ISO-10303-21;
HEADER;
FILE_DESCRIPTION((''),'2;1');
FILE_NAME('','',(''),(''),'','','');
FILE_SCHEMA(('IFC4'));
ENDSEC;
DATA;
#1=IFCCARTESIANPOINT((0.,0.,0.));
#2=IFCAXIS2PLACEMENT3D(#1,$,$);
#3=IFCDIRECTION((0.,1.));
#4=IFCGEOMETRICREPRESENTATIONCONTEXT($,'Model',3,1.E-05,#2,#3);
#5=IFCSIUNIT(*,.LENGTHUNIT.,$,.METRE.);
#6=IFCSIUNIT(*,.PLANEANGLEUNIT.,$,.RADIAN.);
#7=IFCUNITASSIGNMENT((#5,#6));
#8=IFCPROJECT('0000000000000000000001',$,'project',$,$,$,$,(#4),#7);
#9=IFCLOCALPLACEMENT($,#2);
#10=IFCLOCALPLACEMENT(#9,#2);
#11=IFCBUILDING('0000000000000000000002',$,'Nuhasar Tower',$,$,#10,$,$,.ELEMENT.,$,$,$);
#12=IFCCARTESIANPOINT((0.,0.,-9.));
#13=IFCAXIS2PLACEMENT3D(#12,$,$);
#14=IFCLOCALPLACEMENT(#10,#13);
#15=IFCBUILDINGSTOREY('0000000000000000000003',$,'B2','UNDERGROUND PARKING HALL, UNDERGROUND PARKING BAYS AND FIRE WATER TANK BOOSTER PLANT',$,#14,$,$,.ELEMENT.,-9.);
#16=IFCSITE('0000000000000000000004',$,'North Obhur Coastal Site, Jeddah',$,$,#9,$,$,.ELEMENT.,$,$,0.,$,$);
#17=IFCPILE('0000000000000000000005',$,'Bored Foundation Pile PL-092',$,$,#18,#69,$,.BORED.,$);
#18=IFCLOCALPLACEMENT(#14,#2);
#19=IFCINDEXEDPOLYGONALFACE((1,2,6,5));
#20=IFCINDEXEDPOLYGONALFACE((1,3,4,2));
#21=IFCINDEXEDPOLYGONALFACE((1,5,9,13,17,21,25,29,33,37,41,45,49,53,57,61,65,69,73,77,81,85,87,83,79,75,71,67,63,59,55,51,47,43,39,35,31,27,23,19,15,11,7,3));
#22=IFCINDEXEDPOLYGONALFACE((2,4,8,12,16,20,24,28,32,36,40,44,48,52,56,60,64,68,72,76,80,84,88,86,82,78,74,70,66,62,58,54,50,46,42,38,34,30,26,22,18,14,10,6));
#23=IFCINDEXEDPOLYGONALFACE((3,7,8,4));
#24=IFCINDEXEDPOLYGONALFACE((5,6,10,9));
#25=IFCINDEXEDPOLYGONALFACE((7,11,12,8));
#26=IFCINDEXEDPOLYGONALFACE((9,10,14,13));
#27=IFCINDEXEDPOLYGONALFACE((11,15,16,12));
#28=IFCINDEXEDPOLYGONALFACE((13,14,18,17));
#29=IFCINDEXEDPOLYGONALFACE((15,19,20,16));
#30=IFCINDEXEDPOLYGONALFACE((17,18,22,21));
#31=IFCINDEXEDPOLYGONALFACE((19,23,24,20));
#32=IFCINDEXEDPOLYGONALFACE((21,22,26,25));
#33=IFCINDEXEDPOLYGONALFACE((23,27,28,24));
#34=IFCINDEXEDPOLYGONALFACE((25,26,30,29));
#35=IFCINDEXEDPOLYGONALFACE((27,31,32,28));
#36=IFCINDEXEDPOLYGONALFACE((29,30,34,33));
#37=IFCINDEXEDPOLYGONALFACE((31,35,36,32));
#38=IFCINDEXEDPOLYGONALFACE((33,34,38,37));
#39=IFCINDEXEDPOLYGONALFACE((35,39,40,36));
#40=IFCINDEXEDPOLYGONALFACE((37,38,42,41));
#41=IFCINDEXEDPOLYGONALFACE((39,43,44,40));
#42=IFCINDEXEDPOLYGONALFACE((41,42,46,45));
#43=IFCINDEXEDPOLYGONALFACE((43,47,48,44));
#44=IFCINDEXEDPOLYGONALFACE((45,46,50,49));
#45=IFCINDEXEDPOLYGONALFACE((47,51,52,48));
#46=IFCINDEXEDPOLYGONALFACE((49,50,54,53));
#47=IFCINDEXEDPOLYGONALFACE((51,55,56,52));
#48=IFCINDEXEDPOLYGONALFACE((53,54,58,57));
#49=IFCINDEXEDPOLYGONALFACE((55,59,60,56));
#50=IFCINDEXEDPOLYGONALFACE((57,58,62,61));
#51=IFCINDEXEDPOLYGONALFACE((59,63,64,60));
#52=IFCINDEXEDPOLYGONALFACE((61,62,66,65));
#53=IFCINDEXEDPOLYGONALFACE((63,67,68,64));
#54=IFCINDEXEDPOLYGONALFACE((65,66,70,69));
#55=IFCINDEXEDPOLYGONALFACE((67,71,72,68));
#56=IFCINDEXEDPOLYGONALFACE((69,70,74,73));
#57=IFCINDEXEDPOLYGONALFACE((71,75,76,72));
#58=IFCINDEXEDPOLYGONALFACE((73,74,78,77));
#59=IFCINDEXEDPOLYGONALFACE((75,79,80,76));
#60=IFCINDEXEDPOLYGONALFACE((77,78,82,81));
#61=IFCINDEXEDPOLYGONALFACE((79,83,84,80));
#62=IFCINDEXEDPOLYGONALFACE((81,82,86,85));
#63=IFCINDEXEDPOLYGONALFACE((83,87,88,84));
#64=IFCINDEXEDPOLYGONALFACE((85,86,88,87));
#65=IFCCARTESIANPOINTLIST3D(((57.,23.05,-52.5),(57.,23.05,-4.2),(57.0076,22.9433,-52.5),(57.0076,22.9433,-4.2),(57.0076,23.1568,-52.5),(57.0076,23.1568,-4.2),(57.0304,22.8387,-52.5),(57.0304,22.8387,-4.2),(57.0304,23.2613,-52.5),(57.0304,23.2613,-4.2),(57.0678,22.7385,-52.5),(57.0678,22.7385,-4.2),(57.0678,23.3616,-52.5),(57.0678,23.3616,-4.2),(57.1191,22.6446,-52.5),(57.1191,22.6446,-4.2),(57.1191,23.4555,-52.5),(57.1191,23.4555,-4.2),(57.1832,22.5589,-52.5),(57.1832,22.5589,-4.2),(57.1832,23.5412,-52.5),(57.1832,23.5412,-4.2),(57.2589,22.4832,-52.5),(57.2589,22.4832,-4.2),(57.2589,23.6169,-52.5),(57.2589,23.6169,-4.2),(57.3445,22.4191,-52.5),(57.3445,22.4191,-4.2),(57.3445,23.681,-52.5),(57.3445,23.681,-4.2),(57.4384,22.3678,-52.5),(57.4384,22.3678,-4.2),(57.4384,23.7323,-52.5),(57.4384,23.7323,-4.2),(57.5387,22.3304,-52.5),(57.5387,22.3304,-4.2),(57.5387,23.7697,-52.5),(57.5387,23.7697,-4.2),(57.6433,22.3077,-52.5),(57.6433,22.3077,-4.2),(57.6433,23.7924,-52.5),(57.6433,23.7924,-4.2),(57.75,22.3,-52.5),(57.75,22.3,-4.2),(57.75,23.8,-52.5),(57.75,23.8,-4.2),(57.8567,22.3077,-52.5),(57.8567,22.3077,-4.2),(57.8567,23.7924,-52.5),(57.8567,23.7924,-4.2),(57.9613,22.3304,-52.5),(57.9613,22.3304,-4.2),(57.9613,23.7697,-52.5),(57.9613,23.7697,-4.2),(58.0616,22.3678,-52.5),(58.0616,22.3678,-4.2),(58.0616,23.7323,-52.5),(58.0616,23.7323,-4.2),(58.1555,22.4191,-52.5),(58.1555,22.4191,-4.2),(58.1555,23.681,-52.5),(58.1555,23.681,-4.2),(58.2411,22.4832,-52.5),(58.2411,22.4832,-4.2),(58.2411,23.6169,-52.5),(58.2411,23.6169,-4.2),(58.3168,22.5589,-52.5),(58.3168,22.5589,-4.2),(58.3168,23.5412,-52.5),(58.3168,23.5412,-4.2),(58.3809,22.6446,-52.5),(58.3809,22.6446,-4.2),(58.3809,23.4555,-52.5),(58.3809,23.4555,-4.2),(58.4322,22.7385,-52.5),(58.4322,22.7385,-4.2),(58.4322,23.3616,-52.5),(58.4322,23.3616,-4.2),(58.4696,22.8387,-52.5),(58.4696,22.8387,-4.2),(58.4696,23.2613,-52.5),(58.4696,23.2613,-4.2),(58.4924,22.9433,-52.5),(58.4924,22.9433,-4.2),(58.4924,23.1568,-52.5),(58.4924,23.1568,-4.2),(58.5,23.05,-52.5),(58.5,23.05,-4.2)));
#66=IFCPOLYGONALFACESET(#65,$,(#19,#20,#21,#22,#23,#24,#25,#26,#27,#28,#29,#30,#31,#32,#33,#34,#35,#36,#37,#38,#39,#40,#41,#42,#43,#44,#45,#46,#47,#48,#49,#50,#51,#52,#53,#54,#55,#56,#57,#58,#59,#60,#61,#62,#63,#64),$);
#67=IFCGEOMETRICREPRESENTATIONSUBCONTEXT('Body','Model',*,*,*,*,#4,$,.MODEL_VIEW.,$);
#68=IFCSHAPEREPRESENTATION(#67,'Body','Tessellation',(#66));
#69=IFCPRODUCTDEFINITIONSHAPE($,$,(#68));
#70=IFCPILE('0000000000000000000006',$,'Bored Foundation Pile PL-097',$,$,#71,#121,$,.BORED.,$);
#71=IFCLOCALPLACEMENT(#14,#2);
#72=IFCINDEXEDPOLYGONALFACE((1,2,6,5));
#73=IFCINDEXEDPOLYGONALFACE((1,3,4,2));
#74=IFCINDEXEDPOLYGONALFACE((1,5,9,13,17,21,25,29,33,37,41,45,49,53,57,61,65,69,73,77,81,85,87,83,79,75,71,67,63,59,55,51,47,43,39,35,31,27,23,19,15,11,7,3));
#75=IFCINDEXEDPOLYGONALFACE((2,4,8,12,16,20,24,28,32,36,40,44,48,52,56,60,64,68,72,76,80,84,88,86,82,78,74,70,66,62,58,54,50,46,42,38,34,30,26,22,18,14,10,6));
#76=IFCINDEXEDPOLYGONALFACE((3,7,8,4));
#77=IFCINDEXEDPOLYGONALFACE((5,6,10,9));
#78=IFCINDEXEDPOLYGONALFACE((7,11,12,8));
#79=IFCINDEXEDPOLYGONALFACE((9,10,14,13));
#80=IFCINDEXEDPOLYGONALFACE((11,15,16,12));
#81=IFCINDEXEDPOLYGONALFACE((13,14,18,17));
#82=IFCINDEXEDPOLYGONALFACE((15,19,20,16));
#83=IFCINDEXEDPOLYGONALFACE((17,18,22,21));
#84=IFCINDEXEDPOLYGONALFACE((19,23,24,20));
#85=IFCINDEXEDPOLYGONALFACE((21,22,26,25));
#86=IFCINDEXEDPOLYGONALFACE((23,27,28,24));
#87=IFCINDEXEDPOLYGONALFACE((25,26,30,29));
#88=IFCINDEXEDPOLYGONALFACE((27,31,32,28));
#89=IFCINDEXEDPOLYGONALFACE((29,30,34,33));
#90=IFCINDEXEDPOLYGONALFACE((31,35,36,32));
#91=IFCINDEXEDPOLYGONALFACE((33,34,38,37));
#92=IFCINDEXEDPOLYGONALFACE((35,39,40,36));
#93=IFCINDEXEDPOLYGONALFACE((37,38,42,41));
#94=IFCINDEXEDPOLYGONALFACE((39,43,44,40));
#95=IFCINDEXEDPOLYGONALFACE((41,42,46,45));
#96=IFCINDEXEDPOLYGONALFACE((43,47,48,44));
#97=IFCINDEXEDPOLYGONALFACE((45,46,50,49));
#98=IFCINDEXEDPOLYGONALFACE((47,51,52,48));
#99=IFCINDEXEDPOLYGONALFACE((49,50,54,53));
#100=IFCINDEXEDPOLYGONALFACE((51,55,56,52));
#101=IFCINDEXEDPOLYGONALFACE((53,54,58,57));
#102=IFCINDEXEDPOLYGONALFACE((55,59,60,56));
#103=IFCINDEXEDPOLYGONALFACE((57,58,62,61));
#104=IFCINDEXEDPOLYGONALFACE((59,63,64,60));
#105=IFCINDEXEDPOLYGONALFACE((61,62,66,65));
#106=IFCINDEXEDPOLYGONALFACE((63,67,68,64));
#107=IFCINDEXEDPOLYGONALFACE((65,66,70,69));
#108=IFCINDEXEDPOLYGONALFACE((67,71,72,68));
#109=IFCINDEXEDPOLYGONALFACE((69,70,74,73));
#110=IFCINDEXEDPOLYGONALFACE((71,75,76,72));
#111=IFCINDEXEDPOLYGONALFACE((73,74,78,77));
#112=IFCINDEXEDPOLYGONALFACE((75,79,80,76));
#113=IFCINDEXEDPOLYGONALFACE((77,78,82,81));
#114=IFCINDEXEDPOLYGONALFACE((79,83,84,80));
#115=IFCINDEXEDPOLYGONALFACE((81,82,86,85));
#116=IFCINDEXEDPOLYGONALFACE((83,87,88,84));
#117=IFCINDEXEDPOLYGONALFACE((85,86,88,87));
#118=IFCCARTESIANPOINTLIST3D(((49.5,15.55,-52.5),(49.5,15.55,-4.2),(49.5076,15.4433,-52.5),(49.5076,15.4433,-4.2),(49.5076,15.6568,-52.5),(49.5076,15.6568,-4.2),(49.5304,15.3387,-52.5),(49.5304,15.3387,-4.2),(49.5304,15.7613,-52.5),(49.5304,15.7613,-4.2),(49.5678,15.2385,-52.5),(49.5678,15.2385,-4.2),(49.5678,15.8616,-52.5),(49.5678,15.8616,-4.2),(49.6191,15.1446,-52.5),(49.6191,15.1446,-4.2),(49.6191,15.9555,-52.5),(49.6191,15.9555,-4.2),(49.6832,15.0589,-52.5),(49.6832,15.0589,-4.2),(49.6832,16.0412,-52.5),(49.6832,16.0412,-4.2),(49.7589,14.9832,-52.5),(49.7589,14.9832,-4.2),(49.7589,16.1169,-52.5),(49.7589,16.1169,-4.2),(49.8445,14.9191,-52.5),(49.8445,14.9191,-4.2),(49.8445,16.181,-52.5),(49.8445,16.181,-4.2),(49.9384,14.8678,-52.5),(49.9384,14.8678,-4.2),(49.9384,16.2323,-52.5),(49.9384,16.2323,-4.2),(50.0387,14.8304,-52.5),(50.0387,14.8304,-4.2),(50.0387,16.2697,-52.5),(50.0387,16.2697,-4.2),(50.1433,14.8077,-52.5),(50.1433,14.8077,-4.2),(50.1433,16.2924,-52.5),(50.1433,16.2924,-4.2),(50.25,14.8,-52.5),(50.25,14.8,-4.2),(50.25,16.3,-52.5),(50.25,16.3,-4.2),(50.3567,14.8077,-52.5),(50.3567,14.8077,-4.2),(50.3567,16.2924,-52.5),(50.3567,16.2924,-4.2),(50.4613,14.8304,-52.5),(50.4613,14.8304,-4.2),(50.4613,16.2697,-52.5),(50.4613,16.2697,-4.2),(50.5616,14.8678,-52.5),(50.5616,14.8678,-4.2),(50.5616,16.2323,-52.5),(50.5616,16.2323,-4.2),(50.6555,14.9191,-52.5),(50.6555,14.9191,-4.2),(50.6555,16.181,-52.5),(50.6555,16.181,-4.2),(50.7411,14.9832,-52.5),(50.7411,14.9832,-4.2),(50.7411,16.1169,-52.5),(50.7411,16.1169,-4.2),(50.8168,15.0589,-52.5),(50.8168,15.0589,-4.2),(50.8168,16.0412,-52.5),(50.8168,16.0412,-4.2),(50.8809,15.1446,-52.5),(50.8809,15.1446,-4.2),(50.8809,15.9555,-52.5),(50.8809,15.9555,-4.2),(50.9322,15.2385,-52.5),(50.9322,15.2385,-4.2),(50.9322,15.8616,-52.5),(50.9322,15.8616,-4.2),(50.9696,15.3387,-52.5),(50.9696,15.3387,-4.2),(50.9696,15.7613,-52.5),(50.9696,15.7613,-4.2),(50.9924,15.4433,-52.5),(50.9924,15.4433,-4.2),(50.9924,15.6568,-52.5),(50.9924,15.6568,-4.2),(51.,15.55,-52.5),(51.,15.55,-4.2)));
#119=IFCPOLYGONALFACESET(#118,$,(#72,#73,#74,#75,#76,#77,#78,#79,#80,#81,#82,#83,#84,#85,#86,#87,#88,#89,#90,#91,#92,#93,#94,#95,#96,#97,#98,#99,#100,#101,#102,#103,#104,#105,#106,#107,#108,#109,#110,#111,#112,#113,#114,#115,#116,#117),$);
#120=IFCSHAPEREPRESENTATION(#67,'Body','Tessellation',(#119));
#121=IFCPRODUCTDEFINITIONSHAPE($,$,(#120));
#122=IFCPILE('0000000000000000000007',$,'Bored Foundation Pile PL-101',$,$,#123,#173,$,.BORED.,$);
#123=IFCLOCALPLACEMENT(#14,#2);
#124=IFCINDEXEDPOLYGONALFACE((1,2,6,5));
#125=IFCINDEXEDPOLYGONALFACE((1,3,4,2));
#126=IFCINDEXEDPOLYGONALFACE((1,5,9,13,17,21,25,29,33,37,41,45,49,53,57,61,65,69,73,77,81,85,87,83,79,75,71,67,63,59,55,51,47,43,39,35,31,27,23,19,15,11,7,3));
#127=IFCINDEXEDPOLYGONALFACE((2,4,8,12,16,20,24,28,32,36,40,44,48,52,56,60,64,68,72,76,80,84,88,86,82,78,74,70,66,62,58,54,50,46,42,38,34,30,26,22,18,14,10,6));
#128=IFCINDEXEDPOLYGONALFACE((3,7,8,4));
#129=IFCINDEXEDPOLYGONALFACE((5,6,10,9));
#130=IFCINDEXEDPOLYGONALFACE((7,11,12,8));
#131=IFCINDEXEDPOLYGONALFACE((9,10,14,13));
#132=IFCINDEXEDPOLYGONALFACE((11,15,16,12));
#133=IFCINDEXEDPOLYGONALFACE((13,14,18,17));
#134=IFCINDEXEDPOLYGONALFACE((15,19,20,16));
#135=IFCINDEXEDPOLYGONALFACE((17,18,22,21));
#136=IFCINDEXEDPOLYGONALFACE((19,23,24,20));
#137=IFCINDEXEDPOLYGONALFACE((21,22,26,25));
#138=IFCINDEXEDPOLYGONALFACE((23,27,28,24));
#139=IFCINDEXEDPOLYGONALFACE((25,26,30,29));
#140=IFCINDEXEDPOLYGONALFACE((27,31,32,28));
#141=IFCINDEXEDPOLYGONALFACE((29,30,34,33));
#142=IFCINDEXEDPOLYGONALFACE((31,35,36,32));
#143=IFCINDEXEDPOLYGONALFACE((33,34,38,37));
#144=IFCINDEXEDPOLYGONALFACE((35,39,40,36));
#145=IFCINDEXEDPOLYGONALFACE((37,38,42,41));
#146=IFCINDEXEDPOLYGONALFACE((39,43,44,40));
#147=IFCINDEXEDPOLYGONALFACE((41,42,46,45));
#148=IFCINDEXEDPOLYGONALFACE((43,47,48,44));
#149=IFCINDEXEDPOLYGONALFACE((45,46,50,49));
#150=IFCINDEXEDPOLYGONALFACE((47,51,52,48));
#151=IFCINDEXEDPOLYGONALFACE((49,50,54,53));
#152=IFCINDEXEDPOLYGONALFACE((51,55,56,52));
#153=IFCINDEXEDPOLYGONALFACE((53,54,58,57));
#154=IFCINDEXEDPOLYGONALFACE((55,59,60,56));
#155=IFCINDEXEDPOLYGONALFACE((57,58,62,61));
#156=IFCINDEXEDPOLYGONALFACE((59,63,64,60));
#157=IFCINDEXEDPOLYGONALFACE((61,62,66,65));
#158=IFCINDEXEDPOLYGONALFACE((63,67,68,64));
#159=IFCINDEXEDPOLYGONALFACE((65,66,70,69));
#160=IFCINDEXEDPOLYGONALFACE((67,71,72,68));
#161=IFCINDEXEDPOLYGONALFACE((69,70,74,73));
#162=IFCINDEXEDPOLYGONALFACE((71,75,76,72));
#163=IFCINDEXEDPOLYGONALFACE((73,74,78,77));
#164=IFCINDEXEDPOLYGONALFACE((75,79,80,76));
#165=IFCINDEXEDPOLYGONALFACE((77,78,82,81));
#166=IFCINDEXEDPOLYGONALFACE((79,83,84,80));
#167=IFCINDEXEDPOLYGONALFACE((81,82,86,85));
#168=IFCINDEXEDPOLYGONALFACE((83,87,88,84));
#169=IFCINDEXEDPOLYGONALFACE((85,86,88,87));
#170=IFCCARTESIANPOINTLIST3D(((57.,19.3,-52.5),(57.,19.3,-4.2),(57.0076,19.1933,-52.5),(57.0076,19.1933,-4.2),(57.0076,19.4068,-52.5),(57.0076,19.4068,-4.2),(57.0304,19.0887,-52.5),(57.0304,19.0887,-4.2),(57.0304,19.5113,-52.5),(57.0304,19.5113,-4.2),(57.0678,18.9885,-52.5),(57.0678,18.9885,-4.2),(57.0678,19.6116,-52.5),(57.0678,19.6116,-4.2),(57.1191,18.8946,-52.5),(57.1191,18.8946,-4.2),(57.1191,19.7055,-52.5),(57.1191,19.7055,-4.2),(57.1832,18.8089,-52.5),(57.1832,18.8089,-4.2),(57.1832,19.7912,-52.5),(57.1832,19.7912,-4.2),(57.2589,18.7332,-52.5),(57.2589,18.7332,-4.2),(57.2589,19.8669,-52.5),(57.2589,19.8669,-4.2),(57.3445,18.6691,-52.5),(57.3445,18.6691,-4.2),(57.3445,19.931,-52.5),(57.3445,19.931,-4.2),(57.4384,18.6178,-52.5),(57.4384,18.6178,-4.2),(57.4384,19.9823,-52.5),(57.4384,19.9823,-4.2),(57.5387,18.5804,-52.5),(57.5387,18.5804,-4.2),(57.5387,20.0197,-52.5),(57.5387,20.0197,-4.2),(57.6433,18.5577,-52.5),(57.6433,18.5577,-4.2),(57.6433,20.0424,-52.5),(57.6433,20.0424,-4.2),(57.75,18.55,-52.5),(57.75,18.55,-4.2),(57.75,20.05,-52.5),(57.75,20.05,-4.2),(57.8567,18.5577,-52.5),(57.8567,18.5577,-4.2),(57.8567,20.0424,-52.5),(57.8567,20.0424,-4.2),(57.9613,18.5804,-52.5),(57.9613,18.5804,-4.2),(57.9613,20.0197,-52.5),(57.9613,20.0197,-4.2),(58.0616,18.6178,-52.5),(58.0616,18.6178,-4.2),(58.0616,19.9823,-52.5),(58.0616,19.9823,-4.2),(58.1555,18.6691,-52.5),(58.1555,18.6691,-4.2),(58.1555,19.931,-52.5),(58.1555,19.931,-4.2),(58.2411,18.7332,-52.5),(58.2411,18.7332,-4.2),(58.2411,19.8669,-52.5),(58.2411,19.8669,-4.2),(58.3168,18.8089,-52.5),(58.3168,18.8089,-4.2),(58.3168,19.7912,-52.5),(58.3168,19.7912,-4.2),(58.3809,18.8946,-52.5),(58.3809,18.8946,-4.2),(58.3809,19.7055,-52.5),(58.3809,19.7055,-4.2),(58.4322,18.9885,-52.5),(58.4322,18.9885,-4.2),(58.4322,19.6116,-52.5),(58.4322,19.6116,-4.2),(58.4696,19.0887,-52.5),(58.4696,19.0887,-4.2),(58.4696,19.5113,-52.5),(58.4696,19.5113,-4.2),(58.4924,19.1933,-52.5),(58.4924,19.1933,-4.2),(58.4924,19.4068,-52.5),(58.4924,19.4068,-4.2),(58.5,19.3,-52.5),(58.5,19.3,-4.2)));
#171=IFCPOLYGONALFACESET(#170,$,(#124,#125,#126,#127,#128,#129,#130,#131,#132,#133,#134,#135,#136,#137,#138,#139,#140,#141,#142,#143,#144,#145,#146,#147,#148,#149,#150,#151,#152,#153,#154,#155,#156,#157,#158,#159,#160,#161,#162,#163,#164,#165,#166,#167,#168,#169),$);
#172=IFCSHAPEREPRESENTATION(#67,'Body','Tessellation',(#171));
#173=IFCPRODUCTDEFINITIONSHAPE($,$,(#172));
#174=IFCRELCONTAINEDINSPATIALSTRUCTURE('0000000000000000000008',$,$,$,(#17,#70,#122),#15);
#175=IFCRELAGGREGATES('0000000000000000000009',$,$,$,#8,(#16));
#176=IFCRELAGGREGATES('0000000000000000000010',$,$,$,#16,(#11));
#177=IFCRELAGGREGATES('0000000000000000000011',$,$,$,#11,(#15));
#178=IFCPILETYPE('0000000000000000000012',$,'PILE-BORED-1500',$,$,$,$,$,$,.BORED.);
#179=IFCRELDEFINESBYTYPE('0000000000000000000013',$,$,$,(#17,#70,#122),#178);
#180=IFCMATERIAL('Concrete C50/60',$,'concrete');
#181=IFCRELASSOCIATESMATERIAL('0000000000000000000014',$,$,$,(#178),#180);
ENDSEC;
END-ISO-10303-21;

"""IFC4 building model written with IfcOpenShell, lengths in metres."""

from ifc_helpers import new_model, si_unit, direction, frame, origin, origin_2d, place, context, subcontext, project, spatial, circle, extrude, material, material_profile, profile_set, type_object, element, save


model = new_model("IFC4")

# Units and contexts
model_context = context("Model", 3, precision=1e-05, world=origin(), true_north=direction((0.0, 1.0)))
body_context = subcontext(model_context, "Body", "Model", "MODEL_VIEW")
ifc_project = project(units=[si_unit("LENGTHUNIT", "METRE"), si_unit("PLANEANGLEUNIT", "RADIAN")], contexts=[model_context])

# Site, building, storey
site_placement = place(None, origin())
site = spatial("IfcSite", under=ifc_project, at=site_placement, Name="North Obhur Coastal Site, Jeddah", CompositionType="ELEMENT", RefElevation=0.0)
building_placement = place(site_placement, origin())
building = spatial("IfcBuilding", under=site, at=building_placement, Name="Nuhasar Tower", CompositionType="ELEMENT")
storey_placement = place(building_placement, frame((0.0, 0.0, -9.0)))
storey = spatial("IfcBuildingStorey", under=building, at=storey_placement, Name="B2", Description="UNDERGROUND PARKING HALL, UNDERGROUND PARKING BAYS AND FIRE WATER TANK BOOSTER PLANT", CompositionType="ELEMENT", Elevation=-9.0)

# Piles
ifc_material_1 = material(Name="Concrete C50/60", Category="concrete")
ifc_material_profile_1 = material_profile(ifc_material_1, circle(Radius=0.75, at=origin_2d()), Name="PILE1500")
ifc_profile_set_1 = profile_set([ifc_material_profile_1], Name="Concrete C50/60")
pile_type = type_object("IfcPileType", Name="PILE-BORED-1500", PredefinedType="BORED", material=ifc_profile_set_1)
for number, where, z_axis, x_axis, name in (
    (1, (57.75, 23.05, -4.2), (0.0, 0.0, -1.0), (1.0, 0.0, 0.0), "Bored Foundation Pile PL-092"),
    (2, (50.25, 15.55, -4.2), (0.0, 0.0, -1.0), (1.0, 0.0, 0.0), "Bored Foundation Pile PL-097"),
    (3, (57.75, 19.3, -4.2), (0.0, 0.0, -1.0), (1.0, 0.0, 0.0), "Bored Foundation Pile PL-101"),
):
    element("IfcPile", number, at=place(storey_placement, frame(where, z_axis=z_axis, x_axis=x_axis)), inside=storey, type_object=pile_type, Name=name, PredefinedType="BORED", context=body_context, shape_type="SweptSolid", body=[
        extrude(circle(Radius=0.75, at=origin_2d()), origin(), (0.0, 0.0, 1.0), 48.3),
    ])

save(model, "model.ifc")
